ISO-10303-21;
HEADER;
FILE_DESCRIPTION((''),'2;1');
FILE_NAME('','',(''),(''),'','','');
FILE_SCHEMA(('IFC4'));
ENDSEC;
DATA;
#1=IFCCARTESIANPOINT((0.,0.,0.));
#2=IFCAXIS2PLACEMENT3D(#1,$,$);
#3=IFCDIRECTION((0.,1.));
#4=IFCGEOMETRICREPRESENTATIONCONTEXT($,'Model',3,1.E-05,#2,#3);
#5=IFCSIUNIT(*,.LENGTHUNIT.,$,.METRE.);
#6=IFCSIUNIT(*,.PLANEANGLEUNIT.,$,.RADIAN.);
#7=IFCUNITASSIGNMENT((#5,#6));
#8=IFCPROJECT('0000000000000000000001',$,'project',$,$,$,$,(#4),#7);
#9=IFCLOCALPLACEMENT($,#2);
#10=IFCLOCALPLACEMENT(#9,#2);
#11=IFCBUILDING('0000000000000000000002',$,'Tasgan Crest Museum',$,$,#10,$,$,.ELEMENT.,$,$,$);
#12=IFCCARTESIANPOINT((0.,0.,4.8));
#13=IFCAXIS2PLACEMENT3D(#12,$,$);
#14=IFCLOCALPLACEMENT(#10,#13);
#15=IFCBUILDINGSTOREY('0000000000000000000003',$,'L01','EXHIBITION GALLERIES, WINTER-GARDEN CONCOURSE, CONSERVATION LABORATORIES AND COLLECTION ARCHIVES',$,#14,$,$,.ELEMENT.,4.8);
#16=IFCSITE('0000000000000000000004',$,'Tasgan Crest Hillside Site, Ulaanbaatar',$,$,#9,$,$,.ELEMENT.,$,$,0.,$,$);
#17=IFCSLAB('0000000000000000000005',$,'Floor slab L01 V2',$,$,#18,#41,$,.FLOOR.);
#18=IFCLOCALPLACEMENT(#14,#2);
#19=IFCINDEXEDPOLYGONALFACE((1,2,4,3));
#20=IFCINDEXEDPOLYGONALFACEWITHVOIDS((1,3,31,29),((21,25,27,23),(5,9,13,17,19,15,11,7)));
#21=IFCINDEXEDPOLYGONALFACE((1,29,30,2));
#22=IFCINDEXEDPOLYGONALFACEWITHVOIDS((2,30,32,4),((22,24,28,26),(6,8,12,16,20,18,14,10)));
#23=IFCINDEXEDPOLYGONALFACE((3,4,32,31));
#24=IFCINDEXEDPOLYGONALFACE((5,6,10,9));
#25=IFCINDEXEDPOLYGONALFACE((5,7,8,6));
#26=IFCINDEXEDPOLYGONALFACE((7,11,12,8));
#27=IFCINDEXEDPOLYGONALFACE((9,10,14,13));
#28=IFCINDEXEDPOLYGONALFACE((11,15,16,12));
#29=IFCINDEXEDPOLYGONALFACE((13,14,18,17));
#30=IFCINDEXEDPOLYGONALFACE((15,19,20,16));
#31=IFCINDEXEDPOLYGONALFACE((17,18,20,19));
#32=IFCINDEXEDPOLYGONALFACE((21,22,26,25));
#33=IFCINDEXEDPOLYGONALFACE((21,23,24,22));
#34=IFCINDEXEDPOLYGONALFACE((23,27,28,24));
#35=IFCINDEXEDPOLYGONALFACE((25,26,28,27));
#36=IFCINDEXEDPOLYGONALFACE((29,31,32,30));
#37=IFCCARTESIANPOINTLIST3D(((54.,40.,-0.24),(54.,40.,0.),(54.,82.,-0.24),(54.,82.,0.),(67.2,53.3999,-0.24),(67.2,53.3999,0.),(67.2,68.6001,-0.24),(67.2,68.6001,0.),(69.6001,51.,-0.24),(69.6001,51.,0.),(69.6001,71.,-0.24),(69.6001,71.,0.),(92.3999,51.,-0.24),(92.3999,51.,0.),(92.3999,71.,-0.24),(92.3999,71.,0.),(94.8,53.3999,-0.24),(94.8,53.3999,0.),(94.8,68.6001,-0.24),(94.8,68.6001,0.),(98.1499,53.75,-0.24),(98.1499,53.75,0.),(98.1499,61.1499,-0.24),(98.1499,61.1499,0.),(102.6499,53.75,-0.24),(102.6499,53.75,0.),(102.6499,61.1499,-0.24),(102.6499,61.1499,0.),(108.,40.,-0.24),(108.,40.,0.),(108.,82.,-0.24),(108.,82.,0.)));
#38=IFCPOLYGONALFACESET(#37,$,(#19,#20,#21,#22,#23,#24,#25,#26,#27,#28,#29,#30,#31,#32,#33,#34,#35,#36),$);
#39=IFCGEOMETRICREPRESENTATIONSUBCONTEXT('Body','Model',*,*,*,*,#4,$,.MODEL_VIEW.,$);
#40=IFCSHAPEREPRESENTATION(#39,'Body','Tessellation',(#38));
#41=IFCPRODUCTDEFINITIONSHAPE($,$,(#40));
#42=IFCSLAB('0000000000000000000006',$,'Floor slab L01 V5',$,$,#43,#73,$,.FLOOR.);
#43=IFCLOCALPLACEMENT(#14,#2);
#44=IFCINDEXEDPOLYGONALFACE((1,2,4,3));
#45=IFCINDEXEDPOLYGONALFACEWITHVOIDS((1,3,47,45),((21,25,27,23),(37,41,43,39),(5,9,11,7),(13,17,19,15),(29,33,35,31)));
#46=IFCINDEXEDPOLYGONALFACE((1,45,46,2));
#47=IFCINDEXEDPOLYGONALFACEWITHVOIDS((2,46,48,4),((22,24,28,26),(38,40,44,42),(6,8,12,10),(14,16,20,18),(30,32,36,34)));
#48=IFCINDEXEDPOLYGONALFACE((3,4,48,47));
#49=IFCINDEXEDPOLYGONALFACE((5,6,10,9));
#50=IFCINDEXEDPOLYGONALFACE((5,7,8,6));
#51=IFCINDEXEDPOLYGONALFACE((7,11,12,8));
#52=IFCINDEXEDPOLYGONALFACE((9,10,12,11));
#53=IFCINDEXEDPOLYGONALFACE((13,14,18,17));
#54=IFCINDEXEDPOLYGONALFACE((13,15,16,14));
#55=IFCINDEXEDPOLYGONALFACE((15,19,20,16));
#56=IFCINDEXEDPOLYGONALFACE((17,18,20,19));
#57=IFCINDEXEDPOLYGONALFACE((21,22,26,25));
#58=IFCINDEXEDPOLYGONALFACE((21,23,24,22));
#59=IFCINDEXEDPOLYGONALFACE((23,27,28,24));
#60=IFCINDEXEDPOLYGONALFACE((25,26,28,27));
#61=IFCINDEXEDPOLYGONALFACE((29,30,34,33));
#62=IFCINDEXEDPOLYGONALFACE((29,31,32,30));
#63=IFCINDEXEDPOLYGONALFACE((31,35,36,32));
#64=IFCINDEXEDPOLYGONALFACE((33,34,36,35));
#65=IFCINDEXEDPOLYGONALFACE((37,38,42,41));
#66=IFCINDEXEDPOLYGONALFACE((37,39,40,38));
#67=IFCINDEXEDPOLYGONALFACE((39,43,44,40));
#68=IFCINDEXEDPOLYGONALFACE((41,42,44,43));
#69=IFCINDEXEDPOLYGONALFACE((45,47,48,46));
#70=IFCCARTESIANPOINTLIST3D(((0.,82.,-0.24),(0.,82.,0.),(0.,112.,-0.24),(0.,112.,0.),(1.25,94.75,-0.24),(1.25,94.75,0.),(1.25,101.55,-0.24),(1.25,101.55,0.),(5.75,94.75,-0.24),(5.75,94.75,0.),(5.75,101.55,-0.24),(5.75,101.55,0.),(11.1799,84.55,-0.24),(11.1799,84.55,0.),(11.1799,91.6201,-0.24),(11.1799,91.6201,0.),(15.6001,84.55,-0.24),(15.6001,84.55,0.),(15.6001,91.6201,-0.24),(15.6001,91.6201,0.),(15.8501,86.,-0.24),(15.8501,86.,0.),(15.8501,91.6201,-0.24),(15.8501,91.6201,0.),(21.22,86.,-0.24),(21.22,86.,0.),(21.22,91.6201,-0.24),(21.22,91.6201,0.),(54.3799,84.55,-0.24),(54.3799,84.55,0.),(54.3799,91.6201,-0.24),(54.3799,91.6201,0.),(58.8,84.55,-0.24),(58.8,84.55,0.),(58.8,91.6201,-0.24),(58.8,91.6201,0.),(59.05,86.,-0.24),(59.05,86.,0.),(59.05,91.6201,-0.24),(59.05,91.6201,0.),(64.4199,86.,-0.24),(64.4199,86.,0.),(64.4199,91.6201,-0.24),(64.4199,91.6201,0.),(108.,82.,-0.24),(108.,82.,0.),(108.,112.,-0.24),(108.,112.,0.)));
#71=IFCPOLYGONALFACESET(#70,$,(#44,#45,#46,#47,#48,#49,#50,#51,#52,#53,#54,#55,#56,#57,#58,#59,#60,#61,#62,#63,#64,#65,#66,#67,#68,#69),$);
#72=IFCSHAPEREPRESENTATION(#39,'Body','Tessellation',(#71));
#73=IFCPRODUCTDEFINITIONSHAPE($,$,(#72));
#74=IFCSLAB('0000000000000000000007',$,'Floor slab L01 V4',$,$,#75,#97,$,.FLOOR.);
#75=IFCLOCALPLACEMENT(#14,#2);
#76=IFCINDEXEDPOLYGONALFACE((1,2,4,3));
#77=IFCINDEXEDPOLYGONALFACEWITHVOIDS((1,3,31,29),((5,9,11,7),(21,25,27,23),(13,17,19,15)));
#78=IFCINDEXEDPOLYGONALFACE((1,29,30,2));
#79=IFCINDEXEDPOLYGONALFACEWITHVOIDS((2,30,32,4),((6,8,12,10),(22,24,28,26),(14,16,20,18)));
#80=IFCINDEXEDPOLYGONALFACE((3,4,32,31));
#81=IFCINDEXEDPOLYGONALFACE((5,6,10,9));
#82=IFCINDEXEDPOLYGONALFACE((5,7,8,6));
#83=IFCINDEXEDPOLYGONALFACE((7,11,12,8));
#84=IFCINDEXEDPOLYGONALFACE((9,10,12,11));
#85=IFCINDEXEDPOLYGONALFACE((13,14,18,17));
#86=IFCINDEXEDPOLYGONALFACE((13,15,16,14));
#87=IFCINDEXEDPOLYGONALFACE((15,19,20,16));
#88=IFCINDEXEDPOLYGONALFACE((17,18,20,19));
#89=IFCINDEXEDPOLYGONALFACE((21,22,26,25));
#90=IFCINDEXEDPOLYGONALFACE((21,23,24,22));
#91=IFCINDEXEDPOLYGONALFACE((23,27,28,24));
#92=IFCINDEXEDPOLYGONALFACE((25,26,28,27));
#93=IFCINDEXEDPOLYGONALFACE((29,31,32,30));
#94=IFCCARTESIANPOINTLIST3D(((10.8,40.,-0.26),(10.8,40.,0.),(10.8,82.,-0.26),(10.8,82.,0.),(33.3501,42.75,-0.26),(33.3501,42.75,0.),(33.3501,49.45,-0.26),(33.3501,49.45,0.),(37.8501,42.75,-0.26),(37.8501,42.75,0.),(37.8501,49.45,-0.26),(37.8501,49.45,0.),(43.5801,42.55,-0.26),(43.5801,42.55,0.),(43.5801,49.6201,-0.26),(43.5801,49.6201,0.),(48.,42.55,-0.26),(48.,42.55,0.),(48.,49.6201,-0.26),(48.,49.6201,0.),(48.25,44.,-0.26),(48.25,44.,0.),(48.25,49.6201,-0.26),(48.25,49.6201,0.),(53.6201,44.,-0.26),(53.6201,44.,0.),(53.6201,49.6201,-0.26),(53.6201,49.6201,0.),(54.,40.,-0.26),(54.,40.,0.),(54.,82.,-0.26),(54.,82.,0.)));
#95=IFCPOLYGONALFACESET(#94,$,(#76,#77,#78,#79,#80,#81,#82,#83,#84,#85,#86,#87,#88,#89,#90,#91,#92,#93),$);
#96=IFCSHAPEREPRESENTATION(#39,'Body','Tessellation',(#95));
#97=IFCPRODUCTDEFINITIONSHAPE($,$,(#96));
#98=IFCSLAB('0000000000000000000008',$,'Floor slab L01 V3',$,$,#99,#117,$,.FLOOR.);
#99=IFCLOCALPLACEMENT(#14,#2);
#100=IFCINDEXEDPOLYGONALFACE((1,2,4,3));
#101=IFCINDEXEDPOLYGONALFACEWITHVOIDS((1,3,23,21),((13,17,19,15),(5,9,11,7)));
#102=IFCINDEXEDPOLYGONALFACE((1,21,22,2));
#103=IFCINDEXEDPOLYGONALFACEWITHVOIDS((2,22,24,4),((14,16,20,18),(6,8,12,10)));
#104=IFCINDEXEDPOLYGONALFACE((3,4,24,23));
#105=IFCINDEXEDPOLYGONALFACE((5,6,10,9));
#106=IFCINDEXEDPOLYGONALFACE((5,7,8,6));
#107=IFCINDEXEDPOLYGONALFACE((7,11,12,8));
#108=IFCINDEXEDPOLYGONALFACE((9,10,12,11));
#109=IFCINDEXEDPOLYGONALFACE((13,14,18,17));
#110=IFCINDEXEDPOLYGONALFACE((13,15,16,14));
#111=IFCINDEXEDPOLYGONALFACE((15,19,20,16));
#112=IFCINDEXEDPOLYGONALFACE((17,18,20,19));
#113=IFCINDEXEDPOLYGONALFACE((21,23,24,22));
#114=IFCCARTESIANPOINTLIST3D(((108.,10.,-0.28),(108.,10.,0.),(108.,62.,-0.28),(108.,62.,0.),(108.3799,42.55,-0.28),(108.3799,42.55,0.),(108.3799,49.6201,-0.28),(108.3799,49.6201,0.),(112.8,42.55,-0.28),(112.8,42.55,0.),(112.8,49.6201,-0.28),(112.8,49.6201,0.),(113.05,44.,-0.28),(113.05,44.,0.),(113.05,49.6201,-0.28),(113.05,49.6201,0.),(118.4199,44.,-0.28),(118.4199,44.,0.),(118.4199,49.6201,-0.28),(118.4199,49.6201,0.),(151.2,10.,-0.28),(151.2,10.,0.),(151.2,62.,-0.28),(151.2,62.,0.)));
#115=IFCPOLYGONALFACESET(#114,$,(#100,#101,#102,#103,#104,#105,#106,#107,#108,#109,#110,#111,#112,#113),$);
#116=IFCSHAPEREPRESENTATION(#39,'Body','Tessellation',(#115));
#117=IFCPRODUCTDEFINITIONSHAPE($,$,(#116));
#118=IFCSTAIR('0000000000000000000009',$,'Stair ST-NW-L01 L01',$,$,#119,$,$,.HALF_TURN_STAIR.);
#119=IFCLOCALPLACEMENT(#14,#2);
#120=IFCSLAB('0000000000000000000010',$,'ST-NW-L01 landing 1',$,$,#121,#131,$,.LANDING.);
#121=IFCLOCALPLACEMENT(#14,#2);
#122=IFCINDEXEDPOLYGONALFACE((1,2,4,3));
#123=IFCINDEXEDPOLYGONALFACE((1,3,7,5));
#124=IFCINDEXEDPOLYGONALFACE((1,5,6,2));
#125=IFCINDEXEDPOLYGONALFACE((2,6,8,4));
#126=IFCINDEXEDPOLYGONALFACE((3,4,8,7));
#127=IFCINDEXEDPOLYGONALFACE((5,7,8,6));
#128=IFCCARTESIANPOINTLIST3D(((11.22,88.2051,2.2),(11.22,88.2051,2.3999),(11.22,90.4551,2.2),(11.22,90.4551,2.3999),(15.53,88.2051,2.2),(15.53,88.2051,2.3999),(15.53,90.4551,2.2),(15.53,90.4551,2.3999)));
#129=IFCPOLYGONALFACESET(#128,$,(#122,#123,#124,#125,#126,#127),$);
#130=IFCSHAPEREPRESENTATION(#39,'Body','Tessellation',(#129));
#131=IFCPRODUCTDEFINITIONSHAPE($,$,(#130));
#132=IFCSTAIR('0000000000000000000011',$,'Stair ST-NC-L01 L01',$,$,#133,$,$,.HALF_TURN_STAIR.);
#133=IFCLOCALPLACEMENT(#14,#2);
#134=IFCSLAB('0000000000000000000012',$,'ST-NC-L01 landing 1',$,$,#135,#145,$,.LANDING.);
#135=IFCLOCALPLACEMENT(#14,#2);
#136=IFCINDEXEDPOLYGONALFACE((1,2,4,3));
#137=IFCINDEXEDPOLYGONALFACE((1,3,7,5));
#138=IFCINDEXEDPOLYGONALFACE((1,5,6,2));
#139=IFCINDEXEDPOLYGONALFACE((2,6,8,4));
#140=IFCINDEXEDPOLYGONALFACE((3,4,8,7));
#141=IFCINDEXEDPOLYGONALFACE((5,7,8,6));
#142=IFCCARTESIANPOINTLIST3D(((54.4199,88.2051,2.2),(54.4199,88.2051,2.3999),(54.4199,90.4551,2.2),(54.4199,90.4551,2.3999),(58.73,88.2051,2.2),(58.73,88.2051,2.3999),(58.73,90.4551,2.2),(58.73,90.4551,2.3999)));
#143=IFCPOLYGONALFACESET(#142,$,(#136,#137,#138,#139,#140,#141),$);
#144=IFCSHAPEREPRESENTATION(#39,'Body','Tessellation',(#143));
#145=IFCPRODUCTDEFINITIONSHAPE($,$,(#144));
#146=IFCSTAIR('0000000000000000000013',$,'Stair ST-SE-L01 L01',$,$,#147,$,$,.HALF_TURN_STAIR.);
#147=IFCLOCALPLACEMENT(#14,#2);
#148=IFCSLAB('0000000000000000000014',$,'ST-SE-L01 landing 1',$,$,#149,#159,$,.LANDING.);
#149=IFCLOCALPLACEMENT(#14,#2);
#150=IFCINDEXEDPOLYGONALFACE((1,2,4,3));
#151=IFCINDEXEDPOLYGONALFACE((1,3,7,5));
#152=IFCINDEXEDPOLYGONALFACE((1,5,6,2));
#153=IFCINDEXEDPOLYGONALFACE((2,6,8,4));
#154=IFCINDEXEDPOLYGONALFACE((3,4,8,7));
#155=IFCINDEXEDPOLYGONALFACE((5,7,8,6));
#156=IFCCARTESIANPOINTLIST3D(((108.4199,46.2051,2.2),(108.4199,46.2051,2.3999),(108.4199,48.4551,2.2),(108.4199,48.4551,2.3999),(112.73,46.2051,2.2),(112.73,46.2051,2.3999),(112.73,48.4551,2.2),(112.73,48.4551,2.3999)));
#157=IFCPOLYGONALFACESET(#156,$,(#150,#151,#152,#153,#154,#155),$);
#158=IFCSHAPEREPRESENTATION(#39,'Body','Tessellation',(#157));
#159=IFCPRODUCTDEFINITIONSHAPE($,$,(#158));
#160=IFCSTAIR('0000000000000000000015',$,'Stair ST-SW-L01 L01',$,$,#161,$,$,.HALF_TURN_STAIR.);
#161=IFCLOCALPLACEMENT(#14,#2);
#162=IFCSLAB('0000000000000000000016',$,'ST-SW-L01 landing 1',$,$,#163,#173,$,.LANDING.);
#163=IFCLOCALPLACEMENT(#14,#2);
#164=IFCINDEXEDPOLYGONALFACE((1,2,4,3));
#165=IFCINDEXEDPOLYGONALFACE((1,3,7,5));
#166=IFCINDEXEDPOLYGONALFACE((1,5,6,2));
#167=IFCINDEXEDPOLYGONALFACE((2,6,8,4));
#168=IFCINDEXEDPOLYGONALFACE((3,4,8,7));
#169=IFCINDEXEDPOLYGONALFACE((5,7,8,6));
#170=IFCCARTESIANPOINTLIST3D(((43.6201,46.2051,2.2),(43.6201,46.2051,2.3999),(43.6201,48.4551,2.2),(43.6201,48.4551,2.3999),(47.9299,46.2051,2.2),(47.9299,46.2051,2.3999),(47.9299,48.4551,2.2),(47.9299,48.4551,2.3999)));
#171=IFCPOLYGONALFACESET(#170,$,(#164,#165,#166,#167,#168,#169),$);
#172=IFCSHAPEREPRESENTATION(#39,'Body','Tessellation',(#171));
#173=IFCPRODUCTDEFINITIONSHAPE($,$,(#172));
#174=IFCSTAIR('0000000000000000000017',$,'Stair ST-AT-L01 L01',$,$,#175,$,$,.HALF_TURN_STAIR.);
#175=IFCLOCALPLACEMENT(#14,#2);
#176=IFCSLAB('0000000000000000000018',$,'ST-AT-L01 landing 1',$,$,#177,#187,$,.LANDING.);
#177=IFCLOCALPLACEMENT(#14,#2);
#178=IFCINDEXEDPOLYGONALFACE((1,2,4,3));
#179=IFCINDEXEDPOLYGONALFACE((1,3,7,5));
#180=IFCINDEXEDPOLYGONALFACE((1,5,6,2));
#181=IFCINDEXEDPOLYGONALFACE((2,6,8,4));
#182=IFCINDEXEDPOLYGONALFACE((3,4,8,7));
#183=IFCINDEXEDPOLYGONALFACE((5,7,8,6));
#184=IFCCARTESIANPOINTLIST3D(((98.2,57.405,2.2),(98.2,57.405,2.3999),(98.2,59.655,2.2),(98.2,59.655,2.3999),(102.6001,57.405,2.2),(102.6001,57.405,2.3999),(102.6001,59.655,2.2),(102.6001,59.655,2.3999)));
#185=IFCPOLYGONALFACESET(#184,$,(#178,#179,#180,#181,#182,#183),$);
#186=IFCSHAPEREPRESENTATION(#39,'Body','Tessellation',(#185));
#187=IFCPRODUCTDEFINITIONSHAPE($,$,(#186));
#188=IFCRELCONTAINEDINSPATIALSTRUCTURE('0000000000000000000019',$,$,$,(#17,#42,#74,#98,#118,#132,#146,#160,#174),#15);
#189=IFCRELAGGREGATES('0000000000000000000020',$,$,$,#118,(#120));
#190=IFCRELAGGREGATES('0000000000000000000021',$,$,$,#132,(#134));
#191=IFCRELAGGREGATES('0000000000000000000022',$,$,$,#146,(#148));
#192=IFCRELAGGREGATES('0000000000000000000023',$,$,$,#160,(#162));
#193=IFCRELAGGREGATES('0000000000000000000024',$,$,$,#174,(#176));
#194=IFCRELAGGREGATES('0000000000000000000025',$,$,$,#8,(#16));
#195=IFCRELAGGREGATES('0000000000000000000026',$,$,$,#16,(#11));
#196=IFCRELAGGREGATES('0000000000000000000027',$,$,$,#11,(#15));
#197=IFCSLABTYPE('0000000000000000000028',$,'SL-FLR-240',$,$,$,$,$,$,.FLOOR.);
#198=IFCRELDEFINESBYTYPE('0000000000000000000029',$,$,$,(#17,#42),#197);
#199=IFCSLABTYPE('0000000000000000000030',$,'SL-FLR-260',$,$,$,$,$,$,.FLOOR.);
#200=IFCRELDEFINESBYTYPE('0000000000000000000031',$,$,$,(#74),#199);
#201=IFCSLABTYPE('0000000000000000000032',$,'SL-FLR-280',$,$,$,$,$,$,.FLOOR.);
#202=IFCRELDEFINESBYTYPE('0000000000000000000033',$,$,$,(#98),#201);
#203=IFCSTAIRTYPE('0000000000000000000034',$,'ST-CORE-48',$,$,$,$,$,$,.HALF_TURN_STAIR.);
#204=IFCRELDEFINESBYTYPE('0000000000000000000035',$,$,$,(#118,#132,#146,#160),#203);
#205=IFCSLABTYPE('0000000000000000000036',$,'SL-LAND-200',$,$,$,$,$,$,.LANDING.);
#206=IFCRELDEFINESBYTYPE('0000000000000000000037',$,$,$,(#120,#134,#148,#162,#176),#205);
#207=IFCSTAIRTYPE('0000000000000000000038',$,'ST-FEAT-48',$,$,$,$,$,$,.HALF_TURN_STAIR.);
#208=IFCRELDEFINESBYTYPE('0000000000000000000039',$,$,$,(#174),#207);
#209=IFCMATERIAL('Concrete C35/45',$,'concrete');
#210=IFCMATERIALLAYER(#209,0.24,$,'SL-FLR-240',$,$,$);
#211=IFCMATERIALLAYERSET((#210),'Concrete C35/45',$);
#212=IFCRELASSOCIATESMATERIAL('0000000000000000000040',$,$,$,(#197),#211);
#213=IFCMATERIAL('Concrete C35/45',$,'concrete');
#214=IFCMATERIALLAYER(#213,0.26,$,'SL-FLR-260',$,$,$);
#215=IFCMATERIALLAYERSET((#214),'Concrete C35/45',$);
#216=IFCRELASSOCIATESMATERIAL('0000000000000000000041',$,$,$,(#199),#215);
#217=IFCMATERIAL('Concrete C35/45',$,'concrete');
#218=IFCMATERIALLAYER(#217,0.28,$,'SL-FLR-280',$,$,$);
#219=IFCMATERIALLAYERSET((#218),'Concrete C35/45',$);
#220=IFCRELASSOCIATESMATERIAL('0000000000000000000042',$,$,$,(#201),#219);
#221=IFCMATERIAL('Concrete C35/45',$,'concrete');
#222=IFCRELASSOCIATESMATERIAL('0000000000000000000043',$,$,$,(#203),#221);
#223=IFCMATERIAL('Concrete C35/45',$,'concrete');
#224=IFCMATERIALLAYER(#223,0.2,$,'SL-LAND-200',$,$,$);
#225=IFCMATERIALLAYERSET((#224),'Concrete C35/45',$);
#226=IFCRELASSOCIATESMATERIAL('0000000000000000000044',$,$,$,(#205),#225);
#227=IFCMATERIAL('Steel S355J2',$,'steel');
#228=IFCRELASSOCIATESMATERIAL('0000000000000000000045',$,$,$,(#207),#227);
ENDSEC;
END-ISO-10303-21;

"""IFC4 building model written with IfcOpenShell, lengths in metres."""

from ifc_helpers import new_model, si_unit, direction, frame, origin, place, context, subcontext, project, spatial, polyline, outline, extrude, material, layer, layer_set, type_object, element, aggregate, save


model = new_model("IFC4")

# Units and contexts
model_context = context("Model", 3, precision=1e-05, world=origin(), true_north=direction((0.0, 1.0)))
body_context = subcontext(model_context, "Body", "Model", "MODEL_VIEW")
ifc_project = project(units=[si_unit("LENGTHUNIT", "METRE"), si_unit("PLANEANGLEUNIT", "RADIAN")], contexts=[model_context])

# Site, building, storey
site_placement = place(None, origin())
site = spatial("IfcSite", under=ifc_project, at=site_placement, Name="Tasgan Crest Hillside Site, Ulaanbaatar", CompositionType="ELEMENT", RefElevation=0.0)
building_placement = place(site_placement, origin())
building = spatial("IfcBuilding", under=site, at=building_placement, Name="Tasgan Crest Museum", CompositionType="ELEMENT")
storey_placement = place(building_placement, frame((0.0, 0.0, 4.8)))
storey = spatial("IfcBuildingStorey", under=building, at=storey_placement, Name="L01", Description="EXHIBITION GALLERIES, WINTER-GARDEN CONCOURSE, CONSERVATION LABORATORIES AND COLLECTION ARCHIVES", CompositionType="ELEMENT", Elevation=4.8)

# Slabs
ifc_material_1 = material(Name="Concrete C35/45", Category="concrete")
ifc_layer_1 = layer(ifc_material_1, 0.24, Name="SL-FLR-240")
ifc_layer_set_1 = layer_set([ifc_layer_1], Name="Concrete C35/45")
slab_type_1 = type_object("IfcSlabType", Name="SL-FLR-240", PredefinedType="FLOOR", material=ifc_layer_set_1)
slab_1_placement = place(storey_placement, frame((0.0, 0.0, -0.24)))
element("IfcSlab", 1, at=slab_1_placement, inside=storey, type_object=slab_type_1, Name="Floor slab L01 V2", PredefinedType="FLOOR", context=body_context, shape_type="SweptSolid", body=[
    extrude(outline(polyline([(54.0, 40.0), (108.0, 40.0), (108.0, 82.0), (54.0, 82.0), (54.0, 40.0)]), holes=[polyline([(69.6001, 51.0), (92.3999, 51.0), (94.8, 53.3999), (94.8, 68.6001), (92.3999, 71.0), (69.6001, 71.0), (67.2, 68.6001), (67.2, 53.3999), (69.6001, 51.0)]), polyline([(98.1499, 53.75), (102.6499, 53.75), (102.6499, 61.1499), (98.1499, 61.1499), (98.1499, 53.75)])]), origin(), (0.0, 0.0, 1.0), 0.24),
])
slab_2_placement = place(storey_placement, frame((0.0, 0.0, -0.24)))
element("IfcSlab", 2, at=slab_2_placement, inside=storey, type_object=slab_type_1, Name="Floor slab L01 V5", PredefinedType="FLOOR", context=body_context, shape_type="SweptSolid", body=[
    extrude(outline(polyline([(0.0, 82.0), (108.0, 82.0), (108.0, 112.0), (0.0, 112.0), (0.0, 82.0)]), holes=[polyline([(11.1799, 84.55), (15.6001, 84.55), (15.6001, 91.6201), (11.1799, 91.6201), (11.1799, 84.55)]), polyline([(15.8501, 86.0), (21.22, 86.0), (21.22, 91.6201), (15.8501, 91.6201), (15.8501, 86.0)]), polyline([(54.3799, 84.55), (58.8, 84.55), (58.8, 91.6201), (54.3799, 91.6201), (54.3799, 84.55)]), polyline([(59.05, 86.0), (64.4199, 86.0), (64.4199, 91.6201), (59.05, 91.6201), (59.05, 86.0)]), polyline([(1.25, 94.75), (5.75, 94.75), (5.75, 101.55), (1.25, 101.55), (1.25, 94.75)])]), origin(), (0.0, 0.0, 1.0), 0.24),
])
ifc_material_2 = material(Name="Concrete C35/45", Category="concrete")
ifc_layer_2 = layer(ifc_material_2, 0.26, Name="SL-FLR-260")
ifc_layer_set_2 = layer_set([ifc_layer_2], Name="Concrete C35/45")
slab_type_2 = type_object("IfcSlabType", Name="SL-FLR-260", PredefinedType="FLOOR", material=ifc_layer_set_2)
slab_3_placement = place(storey_placement, frame((0.0, 0.0, -0.26)))
element("IfcSlab", 3, at=slab_3_placement, inside=storey, type_object=slab_type_2, Name="Floor slab L01 V4", PredefinedType="FLOOR", context=body_context, shape_type="SweptSolid", body=[
    extrude(outline(polyline([(10.8, 40.0), (54.0, 40.0), (54.0, 82.0), (10.8, 82.0), (10.8, 40.0)]), holes=[polyline([(43.5801, 42.55), (48.0, 42.55), (48.0, 49.6201), (43.5801, 49.6201), (43.5801, 42.55)]), polyline([(48.25, 44.0), (53.6201, 44.0), (53.6201, 49.6201), (48.25, 49.6201), (48.25, 44.0)]), polyline([(33.3501, 42.75), (37.8501, 42.75), (37.8501, 49.45), (33.3501, 49.45), (33.3501, 42.75)])]), origin(), (0.0, 0.0, 1.0), 0.26),
])
ifc_material_3 = material(Name="Concrete C35/45", Category="concrete")
ifc_layer_3 = layer(ifc_material_3, 0.28, Name="SL-FLR-280")
ifc_layer_set_3 = layer_set([ifc_layer_3], Name="Concrete C35/45")
slab_type_3 = type_object("IfcSlabType", Name="SL-FLR-280", PredefinedType="FLOOR", material=ifc_layer_set_3)
slab_4_placement = place(storey_placement, frame((0.0, 0.0, -0.28)))
element("IfcSlab", 4, at=slab_4_placement, inside=storey, type_object=slab_type_3, Name="Floor slab L01 V3", PredefinedType="FLOOR", context=body_context, shape_type="SweptSolid", body=[
    extrude(outline(polyline([(108.0, 10.0), (151.2, 10.0), (151.2, 62.0), (108.0, 62.0), (108.0, 10.0)]), holes=[polyline([(108.3799, 42.55), (112.8, 42.55), (112.8, 49.6201), (108.3799, 49.6201), (108.3799, 42.55)]), polyline([(113.05, 44.0), (118.4199, 44.0), (118.4199, 49.6201), (113.05, 49.6201), (113.05, 44.0)])]), origin(), (0.0, 0.0, 1.0), 0.28),
])

# Stairs, slabs
ifc_material_4 = material(Name="Concrete C35/45", Category="concrete")
stair_type_1 = type_object("IfcStairType", Name="ST-CORE-48", PredefinedType="HALF_TURN_STAIR", material=ifc_material_4)
stair_1_placement = place(storey_placement, origin())
stair_1 = element("IfcStair", 5, at=stair_1_placement, inside=storey, type_object=stair_type_1, Name="Stair ST-NW-L01 L01", PredefinedType="HALF_TURN_STAIR")
ifc_material_5 = material(Name="Concrete C35/45", Category="concrete")
ifc_layer_4 = layer(ifc_material_5, 0.2, Name="SL-LAND-200")
ifc_layer_set_4 = layer_set([ifc_layer_4], Name="Concrete C35/45")
slab_type_4 = type_object("IfcSlabType", Name="SL-LAND-200", PredefinedType="LANDING", material=ifc_layer_set_4)
slab_5_placement = place(storey_placement, frame((0.0, 0.0, 2.2)))
slab_5 = element("IfcSlab", 6, at=slab_5_placement, type_object=slab_type_4, Name="ST-NW-L01 landing 1", PredefinedType="LANDING", context=body_context, shape_type="SweptSolid", body=[
    extrude(outline(polyline([(11.22, 88.2051), (15.53, 88.2051), (15.53, 90.4551), (11.22, 90.4551), (11.22, 88.2051)])), origin(), (0.0, 0.0, 1.0), 0.2),
])
aggregate(stair_1, [slab_5])
stair_2_placement = place(storey_placement, origin())
stair_2 = element("IfcStair", 7, at=stair_2_placement, inside=storey, type_object=stair_type_1, Name="Stair ST-NC-L01 L01", PredefinedType="HALF_TURN_STAIR")
slab_6_placement = place(storey_placement, frame((0.0, 0.0, 2.2)))
slab_6 = element("IfcSlab", 8, at=slab_6_placement, type_object=slab_type_4, Name="ST-NC-L01 landing 1", PredefinedType="LANDING", context=body_context, shape_type="SweptSolid", body=[
    extrude(outline(polyline([(54.4199, 88.2051), (58.73, 88.2051), (58.73, 90.4551), (54.4199, 90.4551), (54.4199, 88.2051)])), origin(), (0.0, 0.0, 1.0), 0.2),
])
aggregate(stair_2, [slab_6])
stair_3_placement = place(storey_placement, origin())
stair_3 = element("IfcStair", 9, at=stair_3_placement, inside=storey, type_object=stair_type_1, Name="Stair ST-SE-L01 L01", PredefinedType="HALF_TURN_STAIR")
slab_7_placement = place(storey_placement, frame((0.0, 0.0, 2.2)))
slab_7 = element("IfcSlab", 10, at=slab_7_placement, type_object=slab_type_4, Name="ST-SE-L01 landing 1", PredefinedType="LANDING", context=body_context, shape_type="SweptSolid", body=[
    extrude(outline(polyline([(108.4199, 46.2051), (112.73, 46.2051), (112.73, 48.4551), (108.4199, 48.4551), (108.4199, 46.2051)])), origin(), (0.0, 0.0, 1.0), 0.2),
])
aggregate(stair_3, [slab_7])
stair_4_placement = place(storey_placement, origin())
stair_4 = element("IfcStair", 11, at=stair_4_placement, inside=storey, type_object=stair_type_1, Name="Stair ST-SW-L01 L01", PredefinedType="HALF_TURN_STAIR")
slab_8_placement = place(storey_placement, frame((0.0, 0.0, 2.2)))
slab_8 = element("IfcSlab", 12, at=slab_8_placement, type_object=slab_type_4, Name="ST-SW-L01 landing 1", PredefinedType="LANDING", context=body_context, shape_type="SweptSolid", body=[
    extrude(outline(polyline([(43.6201, 46.2051), (47.9299, 46.2051), (47.9299, 48.4551), (43.6201, 48.4551), (43.6201, 46.2051)])), origin(), (0.0, 0.0, 1.0), 0.2),
])
aggregate(stair_4, [slab_8])
ifc_material_6 = material(Name="Steel S355J2", Category="steel")
stair_type_2 = type_object("IfcStairType", Name="ST-FEAT-48", PredefinedType="HALF_TURN_STAIR", material=ifc_material_6)
stair_5_placement = place(storey_placement, origin())
stair_5 = element("IfcStair", 13, at=stair_5_placement, inside=storey, type_object=stair_type_2, Name="Stair ST-AT-L01 L01", PredefinedType="HALF_TURN_STAIR")
slab_9_placement = place(storey_placement, frame((0.0, 0.0, 2.2)))
slab_9 = element("IfcSlab", 14, at=slab_9_placement, type_object=slab_type_4, Name="ST-AT-L01 landing 1", PredefinedType="LANDING", context=body_context, shape_type="SweptSolid", body=[
    extrude(outline(polyline([(98.2, 57.405), (102.6001, 57.405), (102.6001, 59.655), (98.2, 59.655), (98.2, 57.405)])), origin(), (0.0, 0.0, 1.0), 0.2),
])
aggregate(stair_5, [slab_9])

save(model, "model.ifc")
